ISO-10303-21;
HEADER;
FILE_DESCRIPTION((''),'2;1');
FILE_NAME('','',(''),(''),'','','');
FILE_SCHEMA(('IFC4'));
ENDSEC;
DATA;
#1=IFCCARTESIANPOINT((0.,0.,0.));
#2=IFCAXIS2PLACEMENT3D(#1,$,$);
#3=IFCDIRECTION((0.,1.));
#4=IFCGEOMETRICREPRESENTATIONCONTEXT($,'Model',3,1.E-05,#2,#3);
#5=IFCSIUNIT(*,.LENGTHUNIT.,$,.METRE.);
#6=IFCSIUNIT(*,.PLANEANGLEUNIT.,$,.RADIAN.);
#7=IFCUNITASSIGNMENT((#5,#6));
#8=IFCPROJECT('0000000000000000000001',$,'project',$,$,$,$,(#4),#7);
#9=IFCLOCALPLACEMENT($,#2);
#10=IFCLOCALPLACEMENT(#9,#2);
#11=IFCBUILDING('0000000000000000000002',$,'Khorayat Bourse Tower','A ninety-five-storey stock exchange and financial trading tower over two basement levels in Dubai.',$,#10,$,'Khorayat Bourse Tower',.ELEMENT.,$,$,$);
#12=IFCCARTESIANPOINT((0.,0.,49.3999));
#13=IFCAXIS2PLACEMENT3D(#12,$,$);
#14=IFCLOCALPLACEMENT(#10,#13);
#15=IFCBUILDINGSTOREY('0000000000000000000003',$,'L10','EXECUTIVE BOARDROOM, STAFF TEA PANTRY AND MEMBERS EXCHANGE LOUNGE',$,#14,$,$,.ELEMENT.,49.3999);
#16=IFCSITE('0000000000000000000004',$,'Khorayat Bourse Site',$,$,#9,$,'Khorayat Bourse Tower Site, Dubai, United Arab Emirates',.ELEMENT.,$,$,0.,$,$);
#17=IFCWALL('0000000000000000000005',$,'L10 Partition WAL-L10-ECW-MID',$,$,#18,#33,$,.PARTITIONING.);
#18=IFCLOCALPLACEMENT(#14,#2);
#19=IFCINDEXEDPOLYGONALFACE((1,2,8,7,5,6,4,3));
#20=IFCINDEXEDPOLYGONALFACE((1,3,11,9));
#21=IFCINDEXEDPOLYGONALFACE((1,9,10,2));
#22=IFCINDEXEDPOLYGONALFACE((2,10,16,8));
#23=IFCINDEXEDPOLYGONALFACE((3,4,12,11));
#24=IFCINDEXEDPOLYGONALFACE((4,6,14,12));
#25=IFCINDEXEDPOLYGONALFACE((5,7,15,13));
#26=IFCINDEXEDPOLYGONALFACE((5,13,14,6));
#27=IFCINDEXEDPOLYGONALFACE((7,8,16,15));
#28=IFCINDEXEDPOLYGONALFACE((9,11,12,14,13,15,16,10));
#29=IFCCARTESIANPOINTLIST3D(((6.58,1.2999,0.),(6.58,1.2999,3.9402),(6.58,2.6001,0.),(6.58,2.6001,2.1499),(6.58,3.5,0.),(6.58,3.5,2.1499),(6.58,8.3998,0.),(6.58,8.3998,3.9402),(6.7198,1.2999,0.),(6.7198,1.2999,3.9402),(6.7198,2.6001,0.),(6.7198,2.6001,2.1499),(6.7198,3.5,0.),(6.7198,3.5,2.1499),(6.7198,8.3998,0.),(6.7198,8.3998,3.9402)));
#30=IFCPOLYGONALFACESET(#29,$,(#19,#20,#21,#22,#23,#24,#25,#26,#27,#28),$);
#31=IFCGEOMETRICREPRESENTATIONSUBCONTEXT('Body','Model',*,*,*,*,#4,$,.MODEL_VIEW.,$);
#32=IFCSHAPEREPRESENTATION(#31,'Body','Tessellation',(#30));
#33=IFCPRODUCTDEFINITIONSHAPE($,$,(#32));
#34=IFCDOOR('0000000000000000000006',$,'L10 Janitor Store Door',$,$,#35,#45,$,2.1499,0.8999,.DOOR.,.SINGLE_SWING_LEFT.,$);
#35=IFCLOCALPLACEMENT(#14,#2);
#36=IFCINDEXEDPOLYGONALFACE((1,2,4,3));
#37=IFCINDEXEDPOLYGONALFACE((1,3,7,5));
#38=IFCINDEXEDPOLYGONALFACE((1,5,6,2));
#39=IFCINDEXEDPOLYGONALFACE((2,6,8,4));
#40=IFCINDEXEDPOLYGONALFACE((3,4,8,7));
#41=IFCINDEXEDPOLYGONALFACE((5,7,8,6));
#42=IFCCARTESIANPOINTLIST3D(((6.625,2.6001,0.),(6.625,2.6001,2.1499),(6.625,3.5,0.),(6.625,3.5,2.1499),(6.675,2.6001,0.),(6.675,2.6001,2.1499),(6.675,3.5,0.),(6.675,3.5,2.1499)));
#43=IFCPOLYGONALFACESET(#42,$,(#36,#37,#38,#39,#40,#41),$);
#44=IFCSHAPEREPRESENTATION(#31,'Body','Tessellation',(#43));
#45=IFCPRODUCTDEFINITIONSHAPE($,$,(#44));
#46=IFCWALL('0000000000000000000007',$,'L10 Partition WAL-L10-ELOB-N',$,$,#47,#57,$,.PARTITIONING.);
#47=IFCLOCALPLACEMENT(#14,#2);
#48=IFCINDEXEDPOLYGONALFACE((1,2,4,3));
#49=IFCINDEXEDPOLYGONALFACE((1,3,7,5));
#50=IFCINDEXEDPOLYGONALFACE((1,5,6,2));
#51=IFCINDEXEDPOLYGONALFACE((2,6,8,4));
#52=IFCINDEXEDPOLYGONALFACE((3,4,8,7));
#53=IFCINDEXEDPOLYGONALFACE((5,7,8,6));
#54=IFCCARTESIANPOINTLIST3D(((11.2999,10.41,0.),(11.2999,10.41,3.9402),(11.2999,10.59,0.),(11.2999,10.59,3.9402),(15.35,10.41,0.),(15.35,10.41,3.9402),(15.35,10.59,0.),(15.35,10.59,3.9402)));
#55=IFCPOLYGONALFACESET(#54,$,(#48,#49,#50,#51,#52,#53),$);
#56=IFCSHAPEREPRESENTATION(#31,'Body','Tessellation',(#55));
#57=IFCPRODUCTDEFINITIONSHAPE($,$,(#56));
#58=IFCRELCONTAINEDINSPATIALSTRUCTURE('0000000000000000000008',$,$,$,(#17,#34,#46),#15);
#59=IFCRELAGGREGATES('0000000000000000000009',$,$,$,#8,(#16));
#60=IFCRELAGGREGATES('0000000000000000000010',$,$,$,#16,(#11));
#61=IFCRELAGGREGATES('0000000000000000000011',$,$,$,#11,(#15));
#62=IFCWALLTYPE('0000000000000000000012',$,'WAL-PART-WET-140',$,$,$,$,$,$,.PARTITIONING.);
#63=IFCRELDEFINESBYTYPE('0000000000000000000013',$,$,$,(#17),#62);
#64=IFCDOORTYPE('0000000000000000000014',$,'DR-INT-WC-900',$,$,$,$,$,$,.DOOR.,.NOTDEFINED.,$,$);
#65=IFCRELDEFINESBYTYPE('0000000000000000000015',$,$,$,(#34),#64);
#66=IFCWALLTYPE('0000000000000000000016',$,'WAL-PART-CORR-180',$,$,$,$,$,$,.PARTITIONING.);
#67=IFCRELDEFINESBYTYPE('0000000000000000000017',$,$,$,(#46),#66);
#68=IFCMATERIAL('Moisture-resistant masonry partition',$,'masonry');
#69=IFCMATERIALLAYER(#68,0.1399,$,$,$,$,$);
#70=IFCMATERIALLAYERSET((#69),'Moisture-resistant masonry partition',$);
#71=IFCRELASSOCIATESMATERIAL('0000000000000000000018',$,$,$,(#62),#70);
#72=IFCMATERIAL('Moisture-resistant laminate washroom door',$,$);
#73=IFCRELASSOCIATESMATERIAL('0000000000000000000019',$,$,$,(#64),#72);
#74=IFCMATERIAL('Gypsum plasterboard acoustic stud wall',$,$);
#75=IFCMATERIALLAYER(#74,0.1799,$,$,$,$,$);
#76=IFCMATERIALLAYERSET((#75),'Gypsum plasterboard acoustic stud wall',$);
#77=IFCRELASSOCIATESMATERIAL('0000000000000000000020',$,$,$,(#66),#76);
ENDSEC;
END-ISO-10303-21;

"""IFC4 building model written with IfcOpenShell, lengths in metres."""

from ifc_helpers import new_model, si_unit, direction, frame, frame_2d, origin, place, context, subcontext, project, spatial, rectangle, extrude, source, transform, mapped, material, layer, layer_set, type_object, element, fill, save


model = new_model("IFC4")

# Units and contexts
model_context = context("Model", 3, precision=1e-05, world=origin(), true_north=direction((0.0, 1.0)))
body_context = subcontext(model_context, "Body", "Model", "MODEL_VIEW")
ifc_project = project(units=[si_unit("LENGTHUNIT", "METRE"), si_unit("PLANEANGLEUNIT", "RADIAN")], contexts=[model_context])

# Site, building, storey
site_placement = place(None, origin())
site = spatial("IfcSite", under=ifc_project, at=site_placement, Name="Khorayat Bourse Site", LongName="Khorayat Bourse Tower Site, Dubai, United Arab Emirates", CompositionType="ELEMENT", RefElevation=0.0)
building_placement = place(site_placement, origin())
building = spatial("IfcBuilding", under=site, at=building_placement, Name="Khorayat Bourse Tower", Description="A ninety-five-storey stock exchange and financial trading tower over two basement levels in Dubai.", LongName="Khorayat Bourse Tower", CompositionType="ELEMENT")
storey_placement = place(building_placement, frame((0.0, 0.0, 49.3999)))
storey = spatial("IfcBuildingStorey", under=building, at=storey_placement, Name="L10", Description="EXECUTIVE BOARDROOM, STAFF TEA PANTRY AND MEMBERS EXCHANGE LOUNGE", CompositionType="ELEMENT", Elevation=49.3999)

# Shared definitions
ifc_material_1 = material(Name="Moisture-resistant masonry partition", Category="masonry")
ifc_layer_1 = layer(ifc_material_1, 0.1399)
ifc_layer_set_1 = layer_set([ifc_layer_1], Name="Moisture-resistant masonry partition")
wall_type_1 = type_object("IfcWallType", Name="WAL-PART-WET-140", PredefinedType="PARTITIONING", material=ifc_layer_set_1)

# Wall, opening, door
shared_shape_1 = source(origin(), body_context, "Body", "SweptSolid", [
    extrude(rectangle(XDim=7.0999, YDim=0.1399, at=frame_2d((3.5498, 0.0))), origin(), (0.0, 0.0, 1.0), 3.9402),
])
wall_1_placement = place(storey_placement, frame((6.6499, 1.3, 0.0), z_axis=(0.0, 0.0, 1.0), x_axis=(0.0, 1.0, 0.0)))
wall_1 = element("IfcWall", 1, at=wall_1_placement, inside=storey, type_object=wall_type_1, Name="L10 Partition WAL-L10-ECW-MID", PredefinedType="PARTITIONING", context=body_context, shape_type="MappedRepresentation", body=[
    mapped(shared_shape_1, transform((0.0, 0.0, 0.0), scale=1.0)),
])
shared_shape_2 = source(origin(), body_context, "Body", "SweptSolid", [
    extrude(rectangle(XDim=0.8999, YDim=2.1499, at=frame_2d((0.45, 1.075))), frame((0.0, 0.0798, 0.0), z_axis=(0.0, -1.0, 0.0), x_axis=(1.0, 0.0, 0.0)), (0.0, 0.0, 1.0), 0.1599),
])
opening_placement = place(wall_1_placement, frame((1.3, 0.0, 0.0)))
opening = element("IfcOpeningElement", 2, at=opening_placement, cuts=wall_1, PredefinedType="OPENING", context=body_context, shape_type="MappedRepresentation", body=[
    mapped(shared_shape_2, transform((0.0, 0.0, 0.0), scale=1.0)),
])
ifc_material_2 = material(Name="Moisture-resistant laminate washroom door")
door_type = type_object("IfcDoorType", Name="DR-INT-WC-900", OperationType="NOTDEFINED", PredefinedType="DOOR", material=ifc_material_2)
shared_shape_3 = source(origin(), body_context, "Body", "SweptSolid", [
    extrude(rectangle(XDim=0.8999, YDim=2.1499, at=frame_2d((0.45, 1.075))), frame((0.0, 0.0249, 0.0), z_axis=(0.0, -1.0, 0.0), x_axis=(1.0, 0.0, 0.0)), (0.0, 0.0, 1.0), 0.05),
])
door_placement = place(opening_placement, origin())
door = element("IfcDoor", 3, at=door_placement, inside=storey, type_object=door_type, Name="L10 Janitor Store Door", OperationType="SINGLE_SWING_LEFT", OverallHeight=2.1499, OverallWidth=0.8999, PredefinedType="DOOR", context=body_context, shape_type="MappedRepresentation", body=[
    mapped(shared_shape_3, transform((0.0, 0.0, 0.0), scale=1.0)),
])
fill(opening, door)

# Wall
ifc_material_3 = material(Name="Gypsum plasterboard acoustic stud wall")
ifc_layer_2 = layer(ifc_material_3, 0.1799)
ifc_layer_set_2 = layer_set([ifc_layer_2], Name="Gypsum plasterboard acoustic stud wall")
wall_type_2 = type_object("IfcWallType", Name="WAL-PART-CORR-180", PredefinedType="PARTITIONING", material=ifc_layer_set_2)
shared_shape_4 = source(origin(), body_context, "Body", "SweptSolid", [
    extrude(rectangle(XDim=4.05, YDim=0.1799, at=frame_2d((2.0249, 0.0))), origin(), (0.0, 0.0, 1.0), 3.9402),
])
wall_2_placement = place(storey_placement, frame((11.3, 10.5, 0.0), z_axis=(0.0, 0.0, 1.0), x_axis=(1.0, 0.0, 0.0)))
element("IfcWall", 4, at=wall_2_placement, inside=storey, type_object=wall_type_2, Name="L10 Partition WAL-L10-ELOB-N", PredefinedType="PARTITIONING", context=body_context, shape_type="MappedRepresentation", body=[
    mapped(shared_shape_4, transform((0.0, 0.0, 0.0), scale=1.0)),
])

save(model, "model.ifc")
